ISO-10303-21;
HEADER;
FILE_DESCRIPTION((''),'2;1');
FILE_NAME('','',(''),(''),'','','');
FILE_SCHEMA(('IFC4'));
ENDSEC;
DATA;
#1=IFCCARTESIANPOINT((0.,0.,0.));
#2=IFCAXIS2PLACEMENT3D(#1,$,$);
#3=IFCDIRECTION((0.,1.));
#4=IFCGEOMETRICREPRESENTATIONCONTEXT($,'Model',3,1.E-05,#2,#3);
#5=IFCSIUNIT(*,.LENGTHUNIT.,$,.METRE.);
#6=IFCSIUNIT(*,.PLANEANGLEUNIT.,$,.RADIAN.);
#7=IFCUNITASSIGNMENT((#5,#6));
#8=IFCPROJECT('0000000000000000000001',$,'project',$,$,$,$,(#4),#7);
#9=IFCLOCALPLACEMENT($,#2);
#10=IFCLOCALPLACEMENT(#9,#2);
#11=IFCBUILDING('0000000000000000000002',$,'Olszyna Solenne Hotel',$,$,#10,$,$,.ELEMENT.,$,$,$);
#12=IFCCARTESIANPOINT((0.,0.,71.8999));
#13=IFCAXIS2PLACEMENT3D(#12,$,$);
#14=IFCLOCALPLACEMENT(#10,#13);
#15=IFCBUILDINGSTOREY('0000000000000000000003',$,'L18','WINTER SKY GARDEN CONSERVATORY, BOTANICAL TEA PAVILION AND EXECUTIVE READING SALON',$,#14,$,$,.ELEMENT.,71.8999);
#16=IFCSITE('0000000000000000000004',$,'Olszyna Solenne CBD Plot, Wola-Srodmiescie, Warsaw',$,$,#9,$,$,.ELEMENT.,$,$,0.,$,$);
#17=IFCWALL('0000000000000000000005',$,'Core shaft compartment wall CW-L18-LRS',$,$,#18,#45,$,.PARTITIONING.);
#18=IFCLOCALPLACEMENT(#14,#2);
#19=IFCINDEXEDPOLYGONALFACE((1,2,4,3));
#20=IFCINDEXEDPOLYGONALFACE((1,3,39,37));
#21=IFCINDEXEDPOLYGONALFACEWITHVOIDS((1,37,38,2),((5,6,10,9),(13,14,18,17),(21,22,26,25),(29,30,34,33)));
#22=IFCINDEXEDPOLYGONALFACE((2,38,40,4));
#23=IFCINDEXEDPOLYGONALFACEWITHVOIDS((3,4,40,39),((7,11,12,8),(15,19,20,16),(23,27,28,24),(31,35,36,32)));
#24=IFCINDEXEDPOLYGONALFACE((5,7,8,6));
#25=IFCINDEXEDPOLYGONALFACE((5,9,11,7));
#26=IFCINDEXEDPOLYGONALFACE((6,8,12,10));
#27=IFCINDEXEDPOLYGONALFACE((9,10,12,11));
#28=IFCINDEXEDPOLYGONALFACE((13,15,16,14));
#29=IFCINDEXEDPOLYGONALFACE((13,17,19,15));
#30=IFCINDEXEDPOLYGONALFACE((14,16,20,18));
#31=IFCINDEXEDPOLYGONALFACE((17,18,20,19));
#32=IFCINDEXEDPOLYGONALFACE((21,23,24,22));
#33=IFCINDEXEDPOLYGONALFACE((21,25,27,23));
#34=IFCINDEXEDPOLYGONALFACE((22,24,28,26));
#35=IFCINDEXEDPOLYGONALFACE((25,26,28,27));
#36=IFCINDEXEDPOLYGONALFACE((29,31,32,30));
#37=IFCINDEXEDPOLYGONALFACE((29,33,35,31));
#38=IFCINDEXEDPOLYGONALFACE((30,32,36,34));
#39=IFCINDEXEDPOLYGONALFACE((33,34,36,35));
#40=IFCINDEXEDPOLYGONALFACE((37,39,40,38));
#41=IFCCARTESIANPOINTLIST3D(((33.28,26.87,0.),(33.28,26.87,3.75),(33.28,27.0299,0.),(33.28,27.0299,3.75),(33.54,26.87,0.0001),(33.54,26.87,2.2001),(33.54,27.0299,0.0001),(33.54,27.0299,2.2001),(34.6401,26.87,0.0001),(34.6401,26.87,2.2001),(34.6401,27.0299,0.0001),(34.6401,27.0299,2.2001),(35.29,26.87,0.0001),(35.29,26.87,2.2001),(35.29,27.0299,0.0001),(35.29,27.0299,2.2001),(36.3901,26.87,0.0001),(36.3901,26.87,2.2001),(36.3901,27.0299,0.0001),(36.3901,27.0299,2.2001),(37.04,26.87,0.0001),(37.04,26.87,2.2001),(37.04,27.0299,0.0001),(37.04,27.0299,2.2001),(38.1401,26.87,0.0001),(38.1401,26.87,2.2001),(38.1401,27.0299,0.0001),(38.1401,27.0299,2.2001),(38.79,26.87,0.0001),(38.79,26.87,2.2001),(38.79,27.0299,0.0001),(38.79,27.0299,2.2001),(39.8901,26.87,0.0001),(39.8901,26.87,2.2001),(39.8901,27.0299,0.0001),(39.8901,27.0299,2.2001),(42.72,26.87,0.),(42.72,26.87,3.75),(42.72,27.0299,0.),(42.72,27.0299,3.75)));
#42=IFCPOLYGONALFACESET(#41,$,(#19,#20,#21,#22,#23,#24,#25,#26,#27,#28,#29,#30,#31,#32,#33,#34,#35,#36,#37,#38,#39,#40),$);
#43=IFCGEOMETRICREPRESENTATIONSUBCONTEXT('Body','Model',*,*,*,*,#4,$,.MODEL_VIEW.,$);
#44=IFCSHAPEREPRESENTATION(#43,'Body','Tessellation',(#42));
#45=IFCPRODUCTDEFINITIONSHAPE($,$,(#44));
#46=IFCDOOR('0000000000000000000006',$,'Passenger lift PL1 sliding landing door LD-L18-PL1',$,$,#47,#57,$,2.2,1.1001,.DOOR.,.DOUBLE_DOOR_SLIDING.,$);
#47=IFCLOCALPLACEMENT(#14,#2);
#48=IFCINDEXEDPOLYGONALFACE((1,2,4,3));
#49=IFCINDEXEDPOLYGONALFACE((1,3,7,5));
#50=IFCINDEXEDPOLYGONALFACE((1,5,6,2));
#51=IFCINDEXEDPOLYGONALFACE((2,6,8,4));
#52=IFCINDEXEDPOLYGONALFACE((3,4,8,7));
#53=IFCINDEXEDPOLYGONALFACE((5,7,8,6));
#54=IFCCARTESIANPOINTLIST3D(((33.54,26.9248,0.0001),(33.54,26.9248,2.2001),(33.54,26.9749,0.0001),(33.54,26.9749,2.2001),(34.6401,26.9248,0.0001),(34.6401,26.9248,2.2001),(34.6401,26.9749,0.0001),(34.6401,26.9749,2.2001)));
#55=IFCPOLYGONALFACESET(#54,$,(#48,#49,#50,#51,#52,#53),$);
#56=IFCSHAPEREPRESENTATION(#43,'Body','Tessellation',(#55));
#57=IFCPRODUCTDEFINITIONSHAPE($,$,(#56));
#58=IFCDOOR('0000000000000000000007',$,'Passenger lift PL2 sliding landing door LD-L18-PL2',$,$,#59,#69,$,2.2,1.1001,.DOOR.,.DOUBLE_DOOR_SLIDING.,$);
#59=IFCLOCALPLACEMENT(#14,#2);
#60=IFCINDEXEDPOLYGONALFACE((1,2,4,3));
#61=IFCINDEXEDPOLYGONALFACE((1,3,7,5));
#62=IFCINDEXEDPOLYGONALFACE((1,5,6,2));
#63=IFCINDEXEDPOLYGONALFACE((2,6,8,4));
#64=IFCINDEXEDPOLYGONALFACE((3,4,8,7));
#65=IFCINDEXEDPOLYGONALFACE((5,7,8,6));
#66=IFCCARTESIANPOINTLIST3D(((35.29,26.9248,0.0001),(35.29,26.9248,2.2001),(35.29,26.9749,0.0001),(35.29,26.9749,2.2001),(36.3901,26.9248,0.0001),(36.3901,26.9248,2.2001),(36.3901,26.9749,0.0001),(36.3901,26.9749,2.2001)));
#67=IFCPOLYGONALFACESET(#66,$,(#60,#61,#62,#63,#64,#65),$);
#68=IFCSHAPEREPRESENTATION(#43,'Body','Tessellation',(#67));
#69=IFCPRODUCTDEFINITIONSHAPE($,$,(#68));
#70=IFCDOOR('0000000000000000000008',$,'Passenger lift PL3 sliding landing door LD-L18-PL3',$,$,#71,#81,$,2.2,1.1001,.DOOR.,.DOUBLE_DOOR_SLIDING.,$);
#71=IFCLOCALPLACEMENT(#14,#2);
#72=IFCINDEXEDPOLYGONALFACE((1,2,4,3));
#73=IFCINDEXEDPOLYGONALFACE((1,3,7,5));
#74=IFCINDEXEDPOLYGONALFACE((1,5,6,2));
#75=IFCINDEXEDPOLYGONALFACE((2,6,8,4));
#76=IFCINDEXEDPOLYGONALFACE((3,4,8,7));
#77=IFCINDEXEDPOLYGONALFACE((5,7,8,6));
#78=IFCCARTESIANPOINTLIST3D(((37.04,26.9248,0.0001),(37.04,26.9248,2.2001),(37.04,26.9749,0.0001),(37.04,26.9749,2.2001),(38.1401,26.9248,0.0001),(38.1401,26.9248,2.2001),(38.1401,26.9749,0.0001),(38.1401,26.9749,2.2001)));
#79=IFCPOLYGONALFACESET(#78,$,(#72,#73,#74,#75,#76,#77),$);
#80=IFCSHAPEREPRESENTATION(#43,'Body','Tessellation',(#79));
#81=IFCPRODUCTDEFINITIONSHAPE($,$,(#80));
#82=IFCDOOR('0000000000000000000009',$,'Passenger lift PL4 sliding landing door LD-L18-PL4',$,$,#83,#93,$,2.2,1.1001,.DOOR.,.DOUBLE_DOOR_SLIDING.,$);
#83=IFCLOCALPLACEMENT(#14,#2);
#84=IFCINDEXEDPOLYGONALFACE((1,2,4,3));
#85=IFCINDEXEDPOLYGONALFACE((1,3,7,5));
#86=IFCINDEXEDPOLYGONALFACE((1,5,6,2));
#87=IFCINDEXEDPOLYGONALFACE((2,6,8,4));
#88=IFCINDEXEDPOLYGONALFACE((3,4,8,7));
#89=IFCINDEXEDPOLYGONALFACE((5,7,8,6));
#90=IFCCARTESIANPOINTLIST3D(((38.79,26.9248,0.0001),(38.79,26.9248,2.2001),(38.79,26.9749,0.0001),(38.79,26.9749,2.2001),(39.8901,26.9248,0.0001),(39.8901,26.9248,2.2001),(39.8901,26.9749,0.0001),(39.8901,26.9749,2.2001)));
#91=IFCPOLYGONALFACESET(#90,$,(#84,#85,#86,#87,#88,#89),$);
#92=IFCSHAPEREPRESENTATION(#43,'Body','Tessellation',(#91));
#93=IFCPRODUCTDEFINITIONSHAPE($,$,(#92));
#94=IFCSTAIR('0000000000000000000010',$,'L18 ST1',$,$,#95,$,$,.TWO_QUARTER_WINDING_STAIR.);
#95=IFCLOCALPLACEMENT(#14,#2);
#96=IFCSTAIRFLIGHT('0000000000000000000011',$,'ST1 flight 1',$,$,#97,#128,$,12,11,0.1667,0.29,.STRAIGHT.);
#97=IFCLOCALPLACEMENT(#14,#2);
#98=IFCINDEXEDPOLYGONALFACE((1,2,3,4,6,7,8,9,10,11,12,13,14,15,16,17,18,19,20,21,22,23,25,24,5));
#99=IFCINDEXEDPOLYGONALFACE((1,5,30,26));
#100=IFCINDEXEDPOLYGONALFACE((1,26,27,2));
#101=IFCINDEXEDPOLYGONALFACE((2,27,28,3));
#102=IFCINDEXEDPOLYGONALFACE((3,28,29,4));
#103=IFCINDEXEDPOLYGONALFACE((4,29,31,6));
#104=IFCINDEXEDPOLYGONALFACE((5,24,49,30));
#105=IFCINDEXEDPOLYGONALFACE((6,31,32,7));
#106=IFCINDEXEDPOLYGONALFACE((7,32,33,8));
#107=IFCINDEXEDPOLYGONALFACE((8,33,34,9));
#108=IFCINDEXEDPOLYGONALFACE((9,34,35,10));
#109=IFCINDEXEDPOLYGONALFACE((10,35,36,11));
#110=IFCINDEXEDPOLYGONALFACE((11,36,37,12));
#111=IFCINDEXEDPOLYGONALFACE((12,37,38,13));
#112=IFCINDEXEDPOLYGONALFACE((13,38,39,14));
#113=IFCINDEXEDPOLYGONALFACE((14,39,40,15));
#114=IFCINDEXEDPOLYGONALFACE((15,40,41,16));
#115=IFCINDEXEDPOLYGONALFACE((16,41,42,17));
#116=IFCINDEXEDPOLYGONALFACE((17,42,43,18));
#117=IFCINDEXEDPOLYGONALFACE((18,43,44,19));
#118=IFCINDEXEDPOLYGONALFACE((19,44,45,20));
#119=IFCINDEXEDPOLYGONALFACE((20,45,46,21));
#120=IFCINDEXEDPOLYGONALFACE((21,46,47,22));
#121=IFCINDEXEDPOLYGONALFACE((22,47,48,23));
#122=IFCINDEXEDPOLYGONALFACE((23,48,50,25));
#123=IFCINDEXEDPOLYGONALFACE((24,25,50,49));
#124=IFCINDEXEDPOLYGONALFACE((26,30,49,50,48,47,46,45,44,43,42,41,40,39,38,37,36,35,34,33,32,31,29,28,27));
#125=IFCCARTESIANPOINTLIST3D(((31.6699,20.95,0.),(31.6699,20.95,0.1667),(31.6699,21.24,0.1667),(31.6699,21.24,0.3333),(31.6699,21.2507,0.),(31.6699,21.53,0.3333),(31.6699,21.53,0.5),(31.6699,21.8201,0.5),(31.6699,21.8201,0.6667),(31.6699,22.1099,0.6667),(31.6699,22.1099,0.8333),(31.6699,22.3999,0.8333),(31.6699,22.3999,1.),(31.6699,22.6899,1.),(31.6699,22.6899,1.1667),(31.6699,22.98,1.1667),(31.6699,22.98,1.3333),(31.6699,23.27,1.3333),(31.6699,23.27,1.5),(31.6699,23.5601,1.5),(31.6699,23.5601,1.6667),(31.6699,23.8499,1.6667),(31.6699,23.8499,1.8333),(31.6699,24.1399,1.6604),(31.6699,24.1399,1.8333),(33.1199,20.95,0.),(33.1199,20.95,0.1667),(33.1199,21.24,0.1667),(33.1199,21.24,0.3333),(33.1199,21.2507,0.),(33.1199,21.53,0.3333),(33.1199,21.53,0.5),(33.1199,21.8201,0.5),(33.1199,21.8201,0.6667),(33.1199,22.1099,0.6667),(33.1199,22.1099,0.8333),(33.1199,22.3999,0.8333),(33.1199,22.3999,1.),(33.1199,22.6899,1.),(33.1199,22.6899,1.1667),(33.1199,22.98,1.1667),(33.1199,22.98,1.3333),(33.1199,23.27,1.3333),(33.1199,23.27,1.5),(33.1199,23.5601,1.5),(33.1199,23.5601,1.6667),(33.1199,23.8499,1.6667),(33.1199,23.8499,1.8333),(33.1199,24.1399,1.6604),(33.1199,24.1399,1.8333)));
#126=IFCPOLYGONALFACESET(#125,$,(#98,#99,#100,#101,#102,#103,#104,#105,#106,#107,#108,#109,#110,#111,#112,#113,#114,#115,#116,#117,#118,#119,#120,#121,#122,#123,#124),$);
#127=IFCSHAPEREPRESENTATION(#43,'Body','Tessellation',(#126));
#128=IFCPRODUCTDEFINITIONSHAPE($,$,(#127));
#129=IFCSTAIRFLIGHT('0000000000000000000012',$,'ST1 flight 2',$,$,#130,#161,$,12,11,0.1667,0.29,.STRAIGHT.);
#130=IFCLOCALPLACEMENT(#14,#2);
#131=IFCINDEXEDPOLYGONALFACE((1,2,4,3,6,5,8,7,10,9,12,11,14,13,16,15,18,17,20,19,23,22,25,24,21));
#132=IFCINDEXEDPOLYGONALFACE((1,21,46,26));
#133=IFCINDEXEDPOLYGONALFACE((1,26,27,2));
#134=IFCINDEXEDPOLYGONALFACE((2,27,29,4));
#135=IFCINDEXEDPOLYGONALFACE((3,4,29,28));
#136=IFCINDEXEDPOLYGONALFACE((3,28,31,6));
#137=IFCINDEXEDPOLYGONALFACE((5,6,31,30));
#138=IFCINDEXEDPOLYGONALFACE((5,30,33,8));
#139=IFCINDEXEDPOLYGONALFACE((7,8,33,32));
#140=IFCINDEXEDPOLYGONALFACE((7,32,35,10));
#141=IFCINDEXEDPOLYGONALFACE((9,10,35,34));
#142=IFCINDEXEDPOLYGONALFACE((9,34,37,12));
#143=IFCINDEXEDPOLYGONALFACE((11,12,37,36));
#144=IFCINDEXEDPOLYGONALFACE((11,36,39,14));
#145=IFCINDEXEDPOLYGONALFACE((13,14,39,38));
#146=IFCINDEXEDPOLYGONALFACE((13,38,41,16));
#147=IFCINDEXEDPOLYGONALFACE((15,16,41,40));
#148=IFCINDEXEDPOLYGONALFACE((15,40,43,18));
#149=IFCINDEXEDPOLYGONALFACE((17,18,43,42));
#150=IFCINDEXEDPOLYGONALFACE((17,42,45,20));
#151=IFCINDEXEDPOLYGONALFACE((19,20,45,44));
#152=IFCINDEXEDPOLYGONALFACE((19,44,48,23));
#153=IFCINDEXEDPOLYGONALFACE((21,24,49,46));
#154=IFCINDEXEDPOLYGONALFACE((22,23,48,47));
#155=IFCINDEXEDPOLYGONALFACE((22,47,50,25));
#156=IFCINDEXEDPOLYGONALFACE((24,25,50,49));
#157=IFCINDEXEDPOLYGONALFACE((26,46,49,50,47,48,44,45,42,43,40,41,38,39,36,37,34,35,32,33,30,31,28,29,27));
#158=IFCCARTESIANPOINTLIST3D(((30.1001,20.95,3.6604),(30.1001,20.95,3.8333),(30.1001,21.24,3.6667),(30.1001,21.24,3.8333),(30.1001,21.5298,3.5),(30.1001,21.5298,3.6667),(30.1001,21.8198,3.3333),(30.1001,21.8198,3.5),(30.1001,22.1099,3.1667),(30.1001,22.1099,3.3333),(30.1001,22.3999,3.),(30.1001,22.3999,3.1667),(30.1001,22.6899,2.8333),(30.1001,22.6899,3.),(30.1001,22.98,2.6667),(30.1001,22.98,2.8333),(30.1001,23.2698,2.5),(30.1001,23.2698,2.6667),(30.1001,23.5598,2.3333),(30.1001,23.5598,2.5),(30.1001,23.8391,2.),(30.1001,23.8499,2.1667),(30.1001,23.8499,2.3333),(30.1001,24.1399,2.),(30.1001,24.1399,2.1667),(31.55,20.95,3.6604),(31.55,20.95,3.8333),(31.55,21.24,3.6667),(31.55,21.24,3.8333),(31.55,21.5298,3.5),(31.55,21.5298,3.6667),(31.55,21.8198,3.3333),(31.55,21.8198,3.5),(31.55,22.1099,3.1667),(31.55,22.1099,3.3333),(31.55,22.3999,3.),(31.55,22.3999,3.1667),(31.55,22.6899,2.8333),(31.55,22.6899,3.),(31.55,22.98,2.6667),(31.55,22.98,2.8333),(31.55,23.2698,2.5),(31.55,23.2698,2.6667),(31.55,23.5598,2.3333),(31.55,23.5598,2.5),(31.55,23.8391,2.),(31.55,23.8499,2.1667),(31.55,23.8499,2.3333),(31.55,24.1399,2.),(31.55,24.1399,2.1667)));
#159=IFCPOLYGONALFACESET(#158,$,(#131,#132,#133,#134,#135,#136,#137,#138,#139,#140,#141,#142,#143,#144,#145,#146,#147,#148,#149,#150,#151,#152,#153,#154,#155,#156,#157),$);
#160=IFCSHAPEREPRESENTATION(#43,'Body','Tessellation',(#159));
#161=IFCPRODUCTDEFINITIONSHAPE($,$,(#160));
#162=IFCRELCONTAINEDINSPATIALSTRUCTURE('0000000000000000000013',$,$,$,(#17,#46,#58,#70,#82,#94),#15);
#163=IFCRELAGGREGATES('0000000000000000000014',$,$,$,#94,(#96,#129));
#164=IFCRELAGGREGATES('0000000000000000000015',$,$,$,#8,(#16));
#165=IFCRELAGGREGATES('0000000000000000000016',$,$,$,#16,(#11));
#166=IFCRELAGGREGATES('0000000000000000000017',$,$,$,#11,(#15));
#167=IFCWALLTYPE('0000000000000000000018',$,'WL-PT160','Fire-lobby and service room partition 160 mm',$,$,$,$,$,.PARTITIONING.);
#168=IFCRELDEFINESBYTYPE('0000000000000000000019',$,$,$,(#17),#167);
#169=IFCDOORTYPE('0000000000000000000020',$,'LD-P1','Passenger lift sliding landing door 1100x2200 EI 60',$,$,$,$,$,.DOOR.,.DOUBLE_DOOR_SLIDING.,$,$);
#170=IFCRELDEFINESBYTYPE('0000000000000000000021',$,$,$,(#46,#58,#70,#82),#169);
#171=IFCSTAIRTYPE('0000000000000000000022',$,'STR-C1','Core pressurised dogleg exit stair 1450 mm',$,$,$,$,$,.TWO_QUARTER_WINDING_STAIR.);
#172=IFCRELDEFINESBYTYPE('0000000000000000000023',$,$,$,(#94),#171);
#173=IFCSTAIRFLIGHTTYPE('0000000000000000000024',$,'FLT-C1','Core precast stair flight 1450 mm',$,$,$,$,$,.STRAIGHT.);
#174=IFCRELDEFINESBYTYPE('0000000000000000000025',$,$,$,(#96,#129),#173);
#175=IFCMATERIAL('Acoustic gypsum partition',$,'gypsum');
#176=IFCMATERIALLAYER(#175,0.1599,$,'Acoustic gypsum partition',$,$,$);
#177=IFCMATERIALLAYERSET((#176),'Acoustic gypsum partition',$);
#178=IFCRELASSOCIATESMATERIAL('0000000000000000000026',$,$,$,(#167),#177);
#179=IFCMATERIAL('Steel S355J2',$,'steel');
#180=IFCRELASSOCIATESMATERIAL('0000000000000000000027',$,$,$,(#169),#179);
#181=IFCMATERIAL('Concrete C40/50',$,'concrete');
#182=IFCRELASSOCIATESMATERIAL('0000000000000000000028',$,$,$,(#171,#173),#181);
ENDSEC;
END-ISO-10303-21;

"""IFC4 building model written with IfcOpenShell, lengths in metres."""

from ifc_helpers import new_model, si_unit, direction, frame, frame_2d, origin, place, context, subcontext, project, spatial, polyline, rectangle, outline, extrude, source, transform, mapped, material, layer, layer_set, type_object, type_shapes, element, fill, aggregate, save


model = new_model("IFC4")

# Units and contexts
model_context = context("Model", 3, precision=1e-05, world=origin(), true_north=direction((0.0, 1.0)))
body_context = subcontext(model_context, "Body", "Model", "MODEL_VIEW")
ifc_project = project(units=[si_unit("LENGTHUNIT", "METRE"), si_unit("PLANEANGLEUNIT", "RADIAN")], contexts=[model_context])

# Site, building, storey
site_placement = place(None, origin())
site = spatial("IfcSite", under=ifc_project, at=site_placement, Name="Olszyna Solenne CBD Plot, Wola-Srodmiescie, Warsaw", CompositionType="ELEMENT", RefElevation=0.0)
building_placement = place(site_placement, origin())
building = spatial("IfcBuilding", under=site, at=building_placement, Name="Olszyna Solenne Hotel", CompositionType="ELEMENT")
storey_placement = place(building_placement, frame((0.0, 0.0, 71.8999)))
storey = spatial("IfcBuildingStorey", under=building, at=storey_placement, Name="L18", Description="WINTER SKY GARDEN CONSERVATORY, BOTANICAL TEA PAVILION AND EXECUTIVE READING SALON", CompositionType="ELEMENT", Elevation=71.8999)

# Shared definitions
ifc_material_1 = material(Name="Steel S355J2", Category="steel")

# Shared definitions
ifc_material_2 = material(Name="Acoustic gypsum partition", Category="gypsum")
ifc_layer = layer(ifc_material_2, 0.1599, Name="Acoustic gypsum partition")
ifc_layer_set = layer_set([ifc_layer], Name="Acoustic gypsum partition")
wall_type = type_object("IfcWallType", Name="WL-PT160", Description="Fire-lobby and service room partition 160 mm", PredefinedType="PARTITIONING", material=ifc_layer_set)

# Wall, openings, doors
wall_1_placement = place(storey_placement, frame((33.28, 26.95, 0.0), z_axis=(0.0, 0.0, 1.0), x_axis=(1.0, 0.0, 0.0)))
wall_1 = element("IfcWall", 1, at=wall_1_placement, inside=storey, type_object=wall_type, Name="Core shaft compartment wall CW-L18-LRS", PredefinedType="PARTITIONING", context=body_context, shape_type="SweptSolid", body=[
    extrude(rectangle(XDim=9.4399, YDim=0.1599, at=frame_2d((4.72, 0.0))), origin(), (0.0, 0.0, 1.0), 3.75),
])
opening_1_placement = place(wall_1_placement, frame((0.26, 0.0, 0.0)))
opening_1 = element("IfcOpeningElement", 2, at=opening_1_placement, cuts=wall_1, PredefinedType="OPENING", context=body_context, shape_type="SweptSolid", body=[
    extrude(rectangle(XDim=1.1001, YDim=2.2, at=frame_2d((0.55, 1.1001))), frame((0.0, 0.0898, 0.0), z_axis=(0.0, -1.0, 0.0), x_axis=(1.0, 0.0, 0.0)), (0.0, 0.0, 1.0), 0.1799),
])
opening_2_placement = place(wall_1_placement, frame((2.01, 0.0, 0.0)))
opening_2 = element("IfcOpeningElement", 3, at=opening_2_placement, cuts=wall_1, PredefinedType="OPENING", context=body_context, shape_type="SweptSolid", body=[
    extrude(rectangle(XDim=1.1001, YDim=2.2, at=frame_2d((0.55, 1.1001))), frame((0.0, 0.0898, 0.0), z_axis=(0.0, -1.0, 0.0), x_axis=(1.0, 0.0, 0.0)), (0.0, 0.0, 1.0), 0.1799),
])
opening_3_placement = place(wall_1_placement, frame((3.76, 0.0, 0.0)))
opening_3 = element("IfcOpeningElement", 4, at=opening_3_placement, cuts=wall_1, PredefinedType="OPENING", context=body_context, shape_type="SweptSolid", body=[
    extrude(rectangle(XDim=1.1001, YDim=2.2, at=frame_2d((0.55, 1.1001))), frame((0.0, 0.0898, 0.0), z_axis=(0.0, -1.0, 0.0), x_axis=(1.0, 0.0, 0.0)), (0.0, 0.0, 1.0), 0.1799),
])
opening_4_placement = place(wall_1_placement, frame((5.51, 0.0, 0.0)))
opening_4 = element("IfcOpeningElement", 5, at=opening_4_placement, cuts=wall_1, PredefinedType="OPENING", context=body_context, shape_type="SweptSolid", body=[
    extrude(rectangle(XDim=1.1001, YDim=2.2, at=frame_2d((0.55, 1.1001))), frame((0.0, 0.0898, 0.0), z_axis=(0.0, -1.0, 0.0), x_axis=(1.0, 0.0, 0.0)), (0.0, 0.0, 1.0), 0.1799),
])
door_type = type_object("IfcDoorType", Name="LD-P1", Description="Passenger lift sliding landing door 1100x2200 EI 60", OperationType="DOUBLE_DOOR_SLIDING", PredefinedType="DOOR", material=ifc_material_1)
shared_shape_1 = source(origin(), body_context, "Body", "SweptSolid", [
    extrude(rectangle(XDim=1.1001, YDim=2.2, at=frame_2d((0.55, 1.1001))), frame((0.0, 0.0249, 0.0), z_axis=(0.0, -1.0, 0.0), x_axis=(1.0, 0.0, 0.0)), (0.0, 0.0, 1.0), 0.05),
])
type_shapes(door_type, [shared_shape_1])
door_1_placement = place(opening_1_placement, origin())
door_1 = element("IfcDoor", 6, at=door_1_placement, inside=storey, type_object=door_type, Name="Passenger lift PL1 sliding landing door LD-L18-PL1", OperationType="DOUBLE_DOOR_SLIDING", OverallHeight=2.2, OverallWidth=1.1001, PredefinedType="DOOR", context=body_context, shape_type="MappedRepresentation", body=[
    mapped(shared_shape_1, transform((0.0, 0.0, 0.0), x_axis=(1.0, 0.0, 0.0), y_axis=(0.0, 1.0, 0.0), z_axis=(0.0, 0.0, 1.0), scale=1.0)),
])
fill(opening_1, door_1)
door_2_placement = place(opening_2_placement, origin())
door_2 = element("IfcDoor", 7, at=door_2_placement, inside=storey, type_object=door_type, Name="Passenger lift PL2 sliding landing door LD-L18-PL2", OperationType="DOUBLE_DOOR_SLIDING", OverallHeight=2.2, OverallWidth=1.1001, PredefinedType="DOOR", context=body_context, shape_type="MappedRepresentation", body=[
    mapped(shared_shape_1, transform((0.0, 0.0, 0.0), x_axis=(1.0, 0.0, 0.0), y_axis=(0.0, 1.0, 0.0), z_axis=(0.0, 0.0, 1.0), scale=1.0)),
])
fill(opening_2, door_2)
door_3_placement = place(opening_3_placement, origin())
door_3 = element("IfcDoor", 8, at=door_3_placement, inside=storey, type_object=door_type, Name="Passenger lift PL3 sliding landing door LD-L18-PL3", OperationType="DOUBLE_DOOR_SLIDING", OverallHeight=2.2, OverallWidth=1.1001, PredefinedType="DOOR", context=body_context, shape_type="MappedRepresentation", body=[
    mapped(shared_shape_1, transform((0.0, 0.0, 0.0), x_axis=(1.0, 0.0, 0.0), y_axis=(0.0, 1.0, 0.0), z_axis=(0.0, 0.0, 1.0), scale=1.0)),
])
fill(opening_3, door_3)
door_4_placement = place(opening_4_placement, origin())
door_4 = element("IfcDoor", 9, at=door_4_placement, inside=storey, type_object=door_type, Name="Passenger lift PL4 sliding landing door LD-L18-PL4", OperationType="DOUBLE_DOOR_SLIDING", OverallHeight=2.2, OverallWidth=1.1001, PredefinedType="DOOR", context=body_context, shape_type="MappedRepresentation", body=[
    mapped(shared_shape_1, transform((0.0, 0.0, 0.0), x_axis=(1.0, 0.0, 0.0), y_axis=(0.0, 1.0, 0.0), z_axis=(0.0, 0.0, 1.0), scale=1.0)),
])
fill(opening_4, door_4)

# Stair, stair flights
ifc_material_3 = material(Name="Concrete C40/50", Category="concrete")
stair_type = type_object("IfcStairType", Name="STR-C1", Description="Core pressurised dogleg exit stair 1450 mm", PredefinedType="TWO_QUARTER_WINDING_STAIR", material=ifc_material_3)
stair_placement = place(storey_placement, origin())
stair = element("IfcStair", 10, at=stair_placement, inside=storey, type_object=stair_type, Name="L18 ST1", PredefinedType="TWO_QUARTER_WINDING_STAIR")
stair_flight_type = type_object("IfcStairFlightType", Name="FLT-C1", Description="Core precast stair flight 1450 mm", PredefinedType="STRAIGHT", material=ifc_material_3)
stair_flight_1_placement = place(storey_placement, frame((32.395, 20.95, 0.0), z_axis=(0.0, 0.0, 1.0), x_axis=(0.0, 1.0, 0.0)))
stair_flight_1 = element("IfcStairFlight", 11, at=stair_flight_1_placement, type_object=stair_flight_type, Name="ST1 flight 1", NumberOfRisers=12, NumberOfTreads=11, PredefinedType="STRAIGHT", RiserHeight=0.1667, TreadLength=0.29, context=body_context, shape_type="SweptSolid", body=[
    extrude(outline(polyline([(0.0, 0.0), (0.0, 0.1667), (0.29, 0.1667), (0.29, 0.3333), (0.5801, 0.3333), (0.5801, 0.5), (0.8701, 0.5), (0.8701, 0.6667), (1.1599, 0.6667), (1.1599, 0.8333), (1.45, 0.8333), (1.45, 1.0), (1.74, 1.0), (1.74, 1.1667), (2.03, 1.1667), (2.03, 1.3333), (2.3201, 1.3333), (2.3201, 1.5), (2.6101, 1.5), (2.6101, 1.6667), (2.8999, 1.6667), (2.8999, 1.8333), (3.1899, 1.8333), (3.1899, 2.0), (3.1899, 1.6604), (0.3008, 0.0), (0.0, 0.0)])), frame((0.0, 0.7251, 0.0), z_axis=(0.0, -1.0, 0.0), x_axis=(1.0, 0.0, 0.0)), (0.0, 0.0, 1.0), 1.45),
])
stair_flight_2_placement = place(storey_placement, frame((30.825, 24.1399, 2.0), z_axis=(0.0, 0.0, 1.0), x_axis=(0.0, -1.0, 0.0)))
stair_flight_2 = element("IfcStairFlight", 12, at=stair_flight_2_placement, type_object=stair_flight_type, Name="ST1 flight 2", NumberOfRisers=12, NumberOfTreads=11, PredefinedType="STRAIGHT", RiserHeight=0.1667, TreadLength=0.29, context=body_context, shape_type="SweptSolid", body=[
    extrude(outline(polyline([(0.0, 0.0), (0.0, 0.1667), (0.29, 0.1667), (0.29, 0.3333), (0.5801, 0.3333), (0.5801, 0.5), (0.8701, 0.5), (0.8701, 0.6667), (1.1599, 0.6667), (1.1599, 0.8333), (1.45, 0.8333), (1.45, 1.0), (1.74, 1.0), (1.74, 1.1667), (2.03, 1.1667), (2.03, 1.3333), (2.3201, 1.3333), (2.3201, 1.5), (2.6101, 1.5), (2.6101, 1.6667), (2.8999, 1.6667), (2.8999, 1.8333), (3.1899, 1.8333), (3.1899, 2.0), (3.1899, 1.6604), (0.3008, 0.0), (0.0, 0.0)])), frame((0.0, 0.7251, 0.0), z_axis=(0.0, -1.0, 0.0), x_axis=(1.0, 0.0, 0.0)), (0.0, 0.0, 1.0), 1.45),
])
aggregate(stair, [stair_flight_1, stair_flight_2])

save(model, "model.ifc")
